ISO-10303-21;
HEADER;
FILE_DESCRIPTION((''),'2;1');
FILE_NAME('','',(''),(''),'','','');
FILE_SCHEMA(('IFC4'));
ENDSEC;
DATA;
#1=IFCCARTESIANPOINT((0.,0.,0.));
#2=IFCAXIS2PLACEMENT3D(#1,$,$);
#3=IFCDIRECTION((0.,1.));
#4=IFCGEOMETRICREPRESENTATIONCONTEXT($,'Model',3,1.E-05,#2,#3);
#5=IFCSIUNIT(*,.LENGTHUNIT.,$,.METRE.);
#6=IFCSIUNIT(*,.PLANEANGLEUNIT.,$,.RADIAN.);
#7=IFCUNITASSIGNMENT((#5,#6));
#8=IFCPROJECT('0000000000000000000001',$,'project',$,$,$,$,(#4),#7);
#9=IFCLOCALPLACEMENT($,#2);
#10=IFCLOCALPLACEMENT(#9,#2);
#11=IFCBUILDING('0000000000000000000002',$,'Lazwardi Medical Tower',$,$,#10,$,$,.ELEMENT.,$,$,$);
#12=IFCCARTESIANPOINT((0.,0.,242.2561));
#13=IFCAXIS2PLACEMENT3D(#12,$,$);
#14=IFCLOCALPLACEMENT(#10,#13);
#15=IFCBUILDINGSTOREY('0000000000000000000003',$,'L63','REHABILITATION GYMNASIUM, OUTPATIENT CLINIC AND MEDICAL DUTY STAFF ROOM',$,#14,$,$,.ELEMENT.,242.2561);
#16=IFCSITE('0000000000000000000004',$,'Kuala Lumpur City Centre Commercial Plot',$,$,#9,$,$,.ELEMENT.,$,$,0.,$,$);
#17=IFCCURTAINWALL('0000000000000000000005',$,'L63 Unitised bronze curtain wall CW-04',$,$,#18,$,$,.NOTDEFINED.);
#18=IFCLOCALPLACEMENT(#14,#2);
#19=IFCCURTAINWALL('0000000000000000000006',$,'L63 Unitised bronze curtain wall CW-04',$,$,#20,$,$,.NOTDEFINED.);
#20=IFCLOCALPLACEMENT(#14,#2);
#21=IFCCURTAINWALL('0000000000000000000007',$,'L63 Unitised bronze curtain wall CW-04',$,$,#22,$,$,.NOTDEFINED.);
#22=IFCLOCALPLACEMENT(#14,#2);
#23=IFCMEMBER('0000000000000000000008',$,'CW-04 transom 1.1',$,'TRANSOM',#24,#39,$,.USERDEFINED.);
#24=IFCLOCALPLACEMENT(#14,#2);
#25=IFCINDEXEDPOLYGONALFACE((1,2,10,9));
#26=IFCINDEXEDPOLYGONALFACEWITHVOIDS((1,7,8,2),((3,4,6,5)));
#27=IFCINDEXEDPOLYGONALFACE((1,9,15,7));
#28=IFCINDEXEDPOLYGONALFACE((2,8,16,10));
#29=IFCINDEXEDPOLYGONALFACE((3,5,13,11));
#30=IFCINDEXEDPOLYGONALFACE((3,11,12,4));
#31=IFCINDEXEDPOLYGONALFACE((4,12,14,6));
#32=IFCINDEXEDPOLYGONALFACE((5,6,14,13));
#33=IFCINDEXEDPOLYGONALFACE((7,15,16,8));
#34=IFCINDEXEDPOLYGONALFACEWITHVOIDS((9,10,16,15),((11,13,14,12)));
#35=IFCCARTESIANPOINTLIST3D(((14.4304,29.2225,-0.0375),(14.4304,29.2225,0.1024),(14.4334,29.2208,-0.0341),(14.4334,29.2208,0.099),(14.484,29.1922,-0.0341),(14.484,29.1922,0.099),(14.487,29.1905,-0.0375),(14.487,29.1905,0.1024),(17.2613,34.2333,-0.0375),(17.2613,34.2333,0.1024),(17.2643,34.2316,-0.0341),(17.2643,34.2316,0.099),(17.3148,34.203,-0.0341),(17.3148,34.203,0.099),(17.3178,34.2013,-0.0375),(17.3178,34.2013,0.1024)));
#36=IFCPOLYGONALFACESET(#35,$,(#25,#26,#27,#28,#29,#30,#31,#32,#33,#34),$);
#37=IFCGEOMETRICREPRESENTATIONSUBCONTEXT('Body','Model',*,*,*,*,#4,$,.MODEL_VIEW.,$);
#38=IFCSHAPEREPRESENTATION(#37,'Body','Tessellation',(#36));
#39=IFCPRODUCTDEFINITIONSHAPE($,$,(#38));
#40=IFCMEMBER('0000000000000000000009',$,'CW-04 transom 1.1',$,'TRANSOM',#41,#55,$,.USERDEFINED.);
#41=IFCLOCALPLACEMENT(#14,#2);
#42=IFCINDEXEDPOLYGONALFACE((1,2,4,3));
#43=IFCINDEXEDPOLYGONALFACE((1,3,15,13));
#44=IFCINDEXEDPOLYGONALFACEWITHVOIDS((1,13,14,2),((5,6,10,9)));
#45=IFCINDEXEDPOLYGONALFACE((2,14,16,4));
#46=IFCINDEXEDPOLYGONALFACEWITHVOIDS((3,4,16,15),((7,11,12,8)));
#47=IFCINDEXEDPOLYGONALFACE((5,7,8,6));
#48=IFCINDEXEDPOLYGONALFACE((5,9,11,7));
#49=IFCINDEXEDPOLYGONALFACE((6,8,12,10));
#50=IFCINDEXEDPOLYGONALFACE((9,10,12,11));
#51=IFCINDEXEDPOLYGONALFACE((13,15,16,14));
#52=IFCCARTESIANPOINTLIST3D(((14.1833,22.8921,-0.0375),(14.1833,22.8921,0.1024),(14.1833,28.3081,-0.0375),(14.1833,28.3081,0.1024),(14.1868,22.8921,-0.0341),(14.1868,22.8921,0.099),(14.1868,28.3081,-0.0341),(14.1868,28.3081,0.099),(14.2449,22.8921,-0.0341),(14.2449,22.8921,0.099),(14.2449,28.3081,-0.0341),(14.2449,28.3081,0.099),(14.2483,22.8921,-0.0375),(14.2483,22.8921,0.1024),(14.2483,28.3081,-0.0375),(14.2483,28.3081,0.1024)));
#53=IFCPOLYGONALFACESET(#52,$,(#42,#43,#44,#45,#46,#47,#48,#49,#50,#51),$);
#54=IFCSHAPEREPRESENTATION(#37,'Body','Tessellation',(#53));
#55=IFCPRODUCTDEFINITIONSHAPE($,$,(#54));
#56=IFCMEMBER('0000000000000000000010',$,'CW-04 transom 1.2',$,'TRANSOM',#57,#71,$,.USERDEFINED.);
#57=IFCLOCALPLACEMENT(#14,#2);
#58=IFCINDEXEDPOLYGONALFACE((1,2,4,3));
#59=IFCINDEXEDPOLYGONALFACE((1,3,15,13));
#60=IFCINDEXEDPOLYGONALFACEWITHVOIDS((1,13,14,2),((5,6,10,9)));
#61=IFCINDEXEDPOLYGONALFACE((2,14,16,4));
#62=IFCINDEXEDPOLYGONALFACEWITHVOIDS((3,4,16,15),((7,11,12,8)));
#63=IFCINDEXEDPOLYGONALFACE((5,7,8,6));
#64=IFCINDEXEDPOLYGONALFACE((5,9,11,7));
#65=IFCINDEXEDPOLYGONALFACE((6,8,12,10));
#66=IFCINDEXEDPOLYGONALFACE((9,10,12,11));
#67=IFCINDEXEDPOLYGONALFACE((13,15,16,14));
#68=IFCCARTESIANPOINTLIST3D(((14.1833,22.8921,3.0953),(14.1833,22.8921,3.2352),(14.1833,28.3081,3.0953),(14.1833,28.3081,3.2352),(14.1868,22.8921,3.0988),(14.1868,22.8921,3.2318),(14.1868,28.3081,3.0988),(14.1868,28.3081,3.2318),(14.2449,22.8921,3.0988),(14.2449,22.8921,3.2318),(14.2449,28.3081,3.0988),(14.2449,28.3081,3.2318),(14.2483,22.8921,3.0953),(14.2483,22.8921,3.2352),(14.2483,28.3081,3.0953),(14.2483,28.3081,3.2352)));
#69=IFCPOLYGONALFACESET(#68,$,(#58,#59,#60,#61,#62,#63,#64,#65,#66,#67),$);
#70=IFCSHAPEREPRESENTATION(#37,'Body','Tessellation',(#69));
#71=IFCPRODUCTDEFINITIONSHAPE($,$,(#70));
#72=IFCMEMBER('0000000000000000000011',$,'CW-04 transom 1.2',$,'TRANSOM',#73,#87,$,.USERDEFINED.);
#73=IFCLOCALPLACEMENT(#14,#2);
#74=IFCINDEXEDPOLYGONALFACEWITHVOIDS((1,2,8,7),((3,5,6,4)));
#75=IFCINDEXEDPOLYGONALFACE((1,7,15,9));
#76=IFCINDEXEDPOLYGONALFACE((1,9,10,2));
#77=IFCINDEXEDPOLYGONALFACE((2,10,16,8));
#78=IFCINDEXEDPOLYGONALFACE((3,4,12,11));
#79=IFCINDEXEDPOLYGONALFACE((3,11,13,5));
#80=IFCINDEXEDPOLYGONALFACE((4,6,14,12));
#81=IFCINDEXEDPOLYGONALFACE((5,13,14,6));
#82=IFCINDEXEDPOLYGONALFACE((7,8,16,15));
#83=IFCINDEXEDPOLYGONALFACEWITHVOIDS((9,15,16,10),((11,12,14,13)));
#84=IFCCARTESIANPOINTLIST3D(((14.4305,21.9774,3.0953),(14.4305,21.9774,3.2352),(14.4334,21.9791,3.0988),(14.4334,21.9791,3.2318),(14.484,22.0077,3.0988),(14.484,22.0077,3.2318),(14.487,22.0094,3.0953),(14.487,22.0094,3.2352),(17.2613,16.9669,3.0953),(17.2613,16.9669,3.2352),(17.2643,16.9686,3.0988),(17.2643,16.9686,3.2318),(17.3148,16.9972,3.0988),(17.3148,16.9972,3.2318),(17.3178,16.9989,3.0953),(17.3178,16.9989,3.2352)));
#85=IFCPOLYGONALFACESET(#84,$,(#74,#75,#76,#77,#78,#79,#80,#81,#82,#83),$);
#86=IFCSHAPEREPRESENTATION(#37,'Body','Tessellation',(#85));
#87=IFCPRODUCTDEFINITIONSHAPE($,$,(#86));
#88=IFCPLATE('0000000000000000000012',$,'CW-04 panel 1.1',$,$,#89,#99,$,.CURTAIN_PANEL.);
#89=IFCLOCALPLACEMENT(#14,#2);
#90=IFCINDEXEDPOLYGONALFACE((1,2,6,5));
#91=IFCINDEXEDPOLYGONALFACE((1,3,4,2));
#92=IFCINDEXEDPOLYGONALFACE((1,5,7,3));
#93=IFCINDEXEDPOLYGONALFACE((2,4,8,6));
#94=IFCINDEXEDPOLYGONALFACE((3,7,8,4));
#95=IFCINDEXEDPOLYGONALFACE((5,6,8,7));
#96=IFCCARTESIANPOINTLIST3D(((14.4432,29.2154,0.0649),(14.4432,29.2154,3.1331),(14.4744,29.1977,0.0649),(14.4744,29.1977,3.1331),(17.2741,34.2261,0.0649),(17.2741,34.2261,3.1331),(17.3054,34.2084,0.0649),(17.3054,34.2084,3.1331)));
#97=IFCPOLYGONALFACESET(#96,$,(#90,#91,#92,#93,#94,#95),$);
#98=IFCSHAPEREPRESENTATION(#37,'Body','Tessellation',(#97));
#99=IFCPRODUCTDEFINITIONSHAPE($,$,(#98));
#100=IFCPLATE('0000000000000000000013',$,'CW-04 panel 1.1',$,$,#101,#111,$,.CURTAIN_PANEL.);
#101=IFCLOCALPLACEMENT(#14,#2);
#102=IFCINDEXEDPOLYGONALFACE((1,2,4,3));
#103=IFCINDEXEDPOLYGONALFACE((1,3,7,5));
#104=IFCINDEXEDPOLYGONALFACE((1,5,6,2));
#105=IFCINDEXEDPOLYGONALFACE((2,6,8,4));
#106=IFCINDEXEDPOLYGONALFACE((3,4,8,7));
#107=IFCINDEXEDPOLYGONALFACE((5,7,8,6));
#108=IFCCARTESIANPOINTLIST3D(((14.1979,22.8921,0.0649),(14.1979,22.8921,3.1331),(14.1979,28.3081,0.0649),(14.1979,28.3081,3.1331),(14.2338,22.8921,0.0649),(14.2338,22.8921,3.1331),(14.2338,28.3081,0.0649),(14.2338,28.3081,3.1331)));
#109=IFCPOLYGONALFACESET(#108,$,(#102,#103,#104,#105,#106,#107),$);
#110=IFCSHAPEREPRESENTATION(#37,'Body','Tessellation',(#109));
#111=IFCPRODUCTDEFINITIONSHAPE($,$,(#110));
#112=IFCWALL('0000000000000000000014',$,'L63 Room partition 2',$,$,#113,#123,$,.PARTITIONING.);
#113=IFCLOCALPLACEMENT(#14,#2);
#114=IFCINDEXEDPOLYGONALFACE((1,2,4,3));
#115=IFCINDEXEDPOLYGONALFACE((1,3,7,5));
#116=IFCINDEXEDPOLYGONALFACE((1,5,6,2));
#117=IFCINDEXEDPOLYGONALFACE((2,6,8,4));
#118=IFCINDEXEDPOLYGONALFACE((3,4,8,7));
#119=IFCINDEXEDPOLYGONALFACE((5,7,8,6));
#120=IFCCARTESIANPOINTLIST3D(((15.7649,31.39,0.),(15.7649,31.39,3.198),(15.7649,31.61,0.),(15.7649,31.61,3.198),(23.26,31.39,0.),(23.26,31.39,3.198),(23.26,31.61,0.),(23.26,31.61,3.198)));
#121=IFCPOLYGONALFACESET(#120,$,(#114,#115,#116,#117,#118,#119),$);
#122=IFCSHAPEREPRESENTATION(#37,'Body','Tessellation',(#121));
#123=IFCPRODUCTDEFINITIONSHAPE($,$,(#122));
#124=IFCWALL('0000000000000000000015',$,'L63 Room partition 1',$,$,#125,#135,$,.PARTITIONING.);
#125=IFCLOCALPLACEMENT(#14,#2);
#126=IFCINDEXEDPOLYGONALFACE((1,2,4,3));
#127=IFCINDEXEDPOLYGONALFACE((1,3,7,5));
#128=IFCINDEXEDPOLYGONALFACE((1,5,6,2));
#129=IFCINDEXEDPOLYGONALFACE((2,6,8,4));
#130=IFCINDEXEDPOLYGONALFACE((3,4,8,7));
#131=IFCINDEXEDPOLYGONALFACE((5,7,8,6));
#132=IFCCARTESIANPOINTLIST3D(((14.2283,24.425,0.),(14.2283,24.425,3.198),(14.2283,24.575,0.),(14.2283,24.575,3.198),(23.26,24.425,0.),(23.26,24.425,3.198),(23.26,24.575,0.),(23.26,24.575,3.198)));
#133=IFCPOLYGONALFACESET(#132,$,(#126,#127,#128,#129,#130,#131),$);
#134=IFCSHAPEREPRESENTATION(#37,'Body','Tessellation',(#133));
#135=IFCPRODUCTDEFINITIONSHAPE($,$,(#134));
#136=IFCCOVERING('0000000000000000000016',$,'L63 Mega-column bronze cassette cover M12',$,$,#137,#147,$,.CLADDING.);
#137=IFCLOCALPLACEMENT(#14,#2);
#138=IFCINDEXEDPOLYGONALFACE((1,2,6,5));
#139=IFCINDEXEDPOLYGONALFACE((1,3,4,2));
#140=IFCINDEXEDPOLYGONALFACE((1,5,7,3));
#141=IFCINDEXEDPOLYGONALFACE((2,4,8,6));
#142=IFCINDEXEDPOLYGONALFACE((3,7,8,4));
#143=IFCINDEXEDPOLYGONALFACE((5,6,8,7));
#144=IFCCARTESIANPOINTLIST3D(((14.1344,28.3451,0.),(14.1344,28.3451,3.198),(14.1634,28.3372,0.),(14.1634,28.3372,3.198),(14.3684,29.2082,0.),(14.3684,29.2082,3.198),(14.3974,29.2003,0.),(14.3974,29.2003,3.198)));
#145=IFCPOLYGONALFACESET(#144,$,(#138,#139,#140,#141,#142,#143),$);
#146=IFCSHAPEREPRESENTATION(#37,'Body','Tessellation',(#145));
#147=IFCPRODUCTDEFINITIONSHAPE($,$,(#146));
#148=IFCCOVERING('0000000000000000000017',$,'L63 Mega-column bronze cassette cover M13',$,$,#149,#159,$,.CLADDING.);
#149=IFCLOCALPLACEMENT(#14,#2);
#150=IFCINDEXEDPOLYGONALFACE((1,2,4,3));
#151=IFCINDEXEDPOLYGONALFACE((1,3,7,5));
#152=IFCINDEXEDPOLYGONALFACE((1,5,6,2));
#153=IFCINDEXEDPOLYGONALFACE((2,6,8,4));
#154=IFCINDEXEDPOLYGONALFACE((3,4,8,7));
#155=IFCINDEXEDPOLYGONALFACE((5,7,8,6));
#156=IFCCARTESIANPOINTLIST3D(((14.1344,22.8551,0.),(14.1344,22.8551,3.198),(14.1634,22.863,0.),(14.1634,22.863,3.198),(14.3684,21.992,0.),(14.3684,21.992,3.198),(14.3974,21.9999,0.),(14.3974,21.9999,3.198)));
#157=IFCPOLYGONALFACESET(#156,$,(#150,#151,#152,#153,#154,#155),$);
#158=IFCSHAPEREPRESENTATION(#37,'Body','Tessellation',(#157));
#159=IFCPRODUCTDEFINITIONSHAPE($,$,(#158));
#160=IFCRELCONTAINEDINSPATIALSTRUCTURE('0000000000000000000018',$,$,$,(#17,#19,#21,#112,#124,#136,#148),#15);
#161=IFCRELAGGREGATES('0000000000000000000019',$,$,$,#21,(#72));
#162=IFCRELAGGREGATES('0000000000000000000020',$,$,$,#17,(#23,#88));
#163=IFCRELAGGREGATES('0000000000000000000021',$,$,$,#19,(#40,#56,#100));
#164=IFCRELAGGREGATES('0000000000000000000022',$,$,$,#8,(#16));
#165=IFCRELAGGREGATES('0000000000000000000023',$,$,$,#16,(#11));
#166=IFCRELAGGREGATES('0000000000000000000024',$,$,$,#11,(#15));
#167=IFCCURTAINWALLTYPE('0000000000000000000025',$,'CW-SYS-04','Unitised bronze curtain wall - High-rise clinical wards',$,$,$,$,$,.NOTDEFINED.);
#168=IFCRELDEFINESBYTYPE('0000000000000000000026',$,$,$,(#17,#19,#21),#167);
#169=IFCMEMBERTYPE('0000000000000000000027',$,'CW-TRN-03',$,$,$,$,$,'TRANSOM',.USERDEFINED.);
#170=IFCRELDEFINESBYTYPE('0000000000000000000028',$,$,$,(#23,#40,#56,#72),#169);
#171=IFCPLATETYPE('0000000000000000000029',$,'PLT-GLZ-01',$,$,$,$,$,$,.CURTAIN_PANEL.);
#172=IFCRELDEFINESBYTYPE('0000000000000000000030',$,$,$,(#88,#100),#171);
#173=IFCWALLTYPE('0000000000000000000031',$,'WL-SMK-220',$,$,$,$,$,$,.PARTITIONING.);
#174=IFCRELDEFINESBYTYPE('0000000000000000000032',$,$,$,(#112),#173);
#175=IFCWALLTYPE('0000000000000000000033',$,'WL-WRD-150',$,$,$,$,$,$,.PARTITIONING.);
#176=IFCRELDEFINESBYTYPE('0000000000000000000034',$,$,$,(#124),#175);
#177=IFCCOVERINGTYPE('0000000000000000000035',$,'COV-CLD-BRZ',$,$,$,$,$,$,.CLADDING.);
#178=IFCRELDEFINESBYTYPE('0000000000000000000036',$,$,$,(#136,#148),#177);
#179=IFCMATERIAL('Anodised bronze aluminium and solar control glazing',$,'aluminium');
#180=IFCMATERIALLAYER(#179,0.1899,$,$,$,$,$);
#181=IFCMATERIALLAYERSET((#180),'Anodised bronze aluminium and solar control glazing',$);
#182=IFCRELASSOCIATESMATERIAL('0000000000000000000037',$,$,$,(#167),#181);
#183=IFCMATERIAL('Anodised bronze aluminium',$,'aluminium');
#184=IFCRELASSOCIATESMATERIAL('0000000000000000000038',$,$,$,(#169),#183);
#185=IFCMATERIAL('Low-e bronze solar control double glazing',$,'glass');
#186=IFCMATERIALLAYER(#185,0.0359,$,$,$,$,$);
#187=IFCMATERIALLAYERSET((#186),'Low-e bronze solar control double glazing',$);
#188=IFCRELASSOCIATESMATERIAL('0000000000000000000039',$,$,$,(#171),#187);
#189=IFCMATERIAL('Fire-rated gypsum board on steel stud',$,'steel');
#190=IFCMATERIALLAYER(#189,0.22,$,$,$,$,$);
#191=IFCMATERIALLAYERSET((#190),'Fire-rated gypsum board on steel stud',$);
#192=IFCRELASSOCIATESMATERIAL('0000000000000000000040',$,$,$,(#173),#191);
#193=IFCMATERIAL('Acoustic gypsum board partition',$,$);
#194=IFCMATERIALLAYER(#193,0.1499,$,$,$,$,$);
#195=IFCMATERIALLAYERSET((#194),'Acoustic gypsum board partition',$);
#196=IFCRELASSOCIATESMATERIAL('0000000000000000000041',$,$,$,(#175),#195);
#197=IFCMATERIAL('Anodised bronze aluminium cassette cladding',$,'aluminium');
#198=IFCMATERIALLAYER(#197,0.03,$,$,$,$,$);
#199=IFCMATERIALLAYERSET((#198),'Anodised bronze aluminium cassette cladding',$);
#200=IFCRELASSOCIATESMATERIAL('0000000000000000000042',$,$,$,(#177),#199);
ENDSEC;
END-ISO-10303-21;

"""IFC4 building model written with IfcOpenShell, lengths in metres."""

from ifc_helpers import new_model, si_unit, direction, frame, frame_2d, origin, origin_2d, place, context, subcontext, project, spatial, rectangle, hollow_rectangle, extrude, material, layer, layer_set, material_profile, profile_set, type_object, element, aggregate, save


model = new_model("IFC4")

# Units and contexts
model_context = context("Model", 3, precision=1e-05, world=origin(), true_north=direction((0.0, 1.0)))
body_context = subcontext(model_context, "Body", "Model", "MODEL_VIEW")
ifc_project = project(units=[si_unit("LENGTHUNIT", "METRE"), si_unit("PLANEANGLEUNIT", "RADIAN")], contexts=[model_context])

# Site, building, storey
site_placement = place(None, origin())
site = spatial("IfcSite", under=ifc_project, at=site_placement, Name="Kuala Lumpur City Centre Commercial Plot", CompositionType="ELEMENT", RefElevation=0.0)
building_placement = place(site_placement, origin())
building = spatial("IfcBuilding", under=site, at=building_placement, Name="Lazwardi Medical Tower", CompositionType="ELEMENT")
storey_placement = place(building_placement, frame((0.0, 0.0, 242.2561)))
storey = spatial("IfcBuildingStorey", under=building, at=storey_placement, Name="L63", Description="REHABILITATION GYMNASIUM, OUTPATIENT CLINIC AND MEDICAL DUTY STAFF ROOM", CompositionType="ELEMENT", Elevation=242.2561)

# Curtain wall
ifc_material_1 = material(Name="Anodised bronze aluminium and solar control glazing", Category="aluminium")
ifc_layer_1 = layer(ifc_material_1, 0.1899)
ifc_layer_set_1 = layer_set([ifc_layer_1], Name="Anodised bronze aluminium and solar control glazing")
curtain_wall_type = type_object("IfcCurtainWallType", Name="CW-SYS-04", Description="Unitised bronze curtain wall - High-rise clinical wards", PredefinedType="NOTDEFINED", material=ifc_layer_set_1)
curtain_wall_1_placement = place(storey_placement, origin())
curtain_wall_1 = element("IfcCurtainWall", 1, at=curtain_wall_1_placement, inside=storey, type_object=curtain_wall_type, Name="L63 Unitised bronze curtain wall CW-04", PredefinedType="NOTDEFINED")
ifc_material_2 = material(Name="Anodised bronze aluminium", Category="aluminium")

# Curtain wall
curtain_wall_2_placement = place(storey_placement, origin())
curtain_wall_2 = element("IfcCurtainWall", 2, at=curtain_wall_2_placement, inside=storey, type_object=curtain_wall_type, Name="L63 Unitised bronze curtain wall CW-04", PredefinedType="NOTDEFINED")

# Curtain wall
curtain_wall_3_placement = place(storey_placement, origin())
curtain_wall_3 = element("IfcCurtainWall", 3, at=curtain_wall_3_placement, inside=storey, type_object=curtain_wall_type, Name="L63 Unitised bronze curtain wall CW-04", PredefinedType="NOTDEFINED")

# Members
ifc_material_profile_1 = material_profile(ifc_material_2, hollow_rectangle(XDim=0.0649, YDim=0.1399, WallThickness=0.0034, at=origin_2d()), Name="ALU-TRANSOM 140x65x3.5")
ifc_profile_set_1 = profile_set([ifc_material_profile_1], Name="Anodised bronze aluminium")
member_type_1 = type_object("IfcMemberType", Name="CW-TRN-03", ElementType="TRANSOM", PredefinedType="USERDEFINED", material=ifc_profile_set_1)
member_1_placement = place(storey_placement, frame((17.2896, 34.2173, 0.0325), z_axis=(-0.49188, -0.870663, 0.0), x_axis=(0.870663, -0.49188, 0.0)))
member_1 = element("IfcMember", 4, at=member_1_placement, type_object=member_type_1, Name="CW-04 transom 1.1", ObjectType="TRANSOM", PredefinedType="USERDEFINED", context=body_context, shape_type="SweptSolid", body=[
    extrude(hollow_rectangle(XDim=0.0649, YDim=0.1399, WallThickness=0.0034, at=origin_2d()), origin(), (0.0, 0.0, 1.0), 5.7551),
])
member_2_placement = place(storey_placement, frame((14.2158, 28.3081, 0.0325), z_axis=(0.0, -1.0, 0.0), x_axis=(1.0, 0.0, 0.0)))
member_2 = element("IfcMember", 5, at=member_2_placement, type_object=member_type_1, Name="CW-04 transom 1.1", ObjectType="TRANSOM", PredefinedType="USERDEFINED", context=body_context, shape_type="SweptSolid", body=[
    extrude(hollow_rectangle(XDim=0.0649, YDim=0.1399, WallThickness=0.0034, at=origin_2d()), origin(), (0.0, 0.0, 1.0), 5.416),
])
member_3_placement = place(storey_placement, frame((14.2158, 28.3081, 3.1653), z_axis=(0.0, -1.0, 0.0), x_axis=(1.0, 0.0, 0.0)))
member_3 = element("IfcMember", 6, at=member_3_placement, type_object=member_type_1, Name="CW-04 transom 1.2", ObjectType="TRANSOM", PredefinedType="USERDEFINED", context=body_context, shape_type="SweptSolid", body=[
    extrude(hollow_rectangle(XDim=0.0649, YDim=0.1399, WallThickness=0.0034, at=origin_2d()), origin(), (0.0, 0.0, 1.0), 5.416),
])
member_4_placement = place(storey_placement, frame((14.4587, 21.9934, 3.1653), z_axis=(0.491898, -0.870653, 0.0), x_axis=(0.870653, 0.491898, 0.0)))
member_4 = element("IfcMember", 7, at=member_4_placement, type_object=member_type_1, Name="CW-04 transom 1.2", ObjectType="TRANSOM", PredefinedType="USERDEFINED", context=body_context, shape_type="SweptSolid", body=[
    extrude(hollow_rectangle(XDim=0.0649, YDim=0.1399, WallThickness=0.0034, at=origin_2d()), origin(), (0.0, 0.0, 1.0), 5.7549),
])
aggregate(curtain_wall_3, [member_4])

# Plates
ifc_material_3 = material(Name="Low-e bronze solar control double glazing", Category="glass")
ifc_layer_2 = layer(ifc_material_3, 0.0359)
ifc_layer_set_2 = layer_set([ifc_layer_2], Name="Low-e bronze solar control double glazing")
plate_type = type_object("IfcPlateType", Name="PLT-GLZ-01", PredefinedType="CURTAIN_PANEL", material=ifc_layer_set_2)
plate_1_placement = place(storey_placement, frame((15.8743, 31.7119, 0.0649), z_axis=(0.0, 0.0, 1.0), x_axis=(-0.4919, -0.870651, 0.0)))
plate_1 = element("IfcPlate", 8, at=plate_1_placement, type_object=plate_type, Name="CW-04 panel 1.1", PredefinedType="CURTAIN_PANEL", context=body_context, shape_type="SweptSolid", body=[
    extrude(rectangle(XDim=5.7551, YDim=0.0359, at=origin_2d()), origin(), (0.0, 0.0, 1.0), 3.0681),
])
aggregate(curtain_wall_1, [member_1, plate_1])
plate_2_placement = place(storey_placement, frame((14.2158, 25.6001, 0.0649), z_axis=(0.0, 0.0, 1.0), x_axis=(0.0, -1.0, 0.0)))
plate_2 = element("IfcPlate", 9, at=plate_2_placement, type_object=plate_type, Name="CW-04 panel 1.1", PredefinedType="CURTAIN_PANEL", context=body_context, shape_type="SweptSolid", body=[
    extrude(rectangle(XDim=5.416, YDim=0.0359, at=origin_2d()), origin(), (0.0, 0.0, 1.0), 3.0681),
])
aggregate(curtain_wall_2, [member_2, member_3, plate_2])

# Walls
ifc_material_4 = material(Name="Fire-rated gypsum board on steel stud", Category="steel")
ifc_layer_3 = layer(ifc_material_4, 0.22)
ifc_layer_set_3 = layer_set([ifc_layer_3], Name="Fire-rated gypsum board on steel stud")
wall_type_1 = type_object("IfcWallType", Name="WL-SMK-220", PredefinedType="PARTITIONING", material=ifc_layer_set_3)
wall_1_placement = place(storey_placement, frame((15.7649, 31.5, 0.0), z_axis=(0.0, 0.0, 1.0), x_axis=(1.0, 0.0, 0.0)))
element("IfcWall", 10, at=wall_1_placement, inside=storey, type_object=wall_type_1, Name="L63 Room partition 2", PredefinedType="PARTITIONING", context=body_context, shape_type="SweptSolid", body=[
    extrude(rectangle(XDim=7.4951, YDim=0.22, at=frame_2d((3.7476, 0.0))), origin(), (0.0, 0.0, 1.0), 3.198),
])
ifc_material_5 = material(Name="Acoustic gypsum board partition")
ifc_layer_4 = layer(ifc_material_5, 0.1499)
ifc_layer_set_4 = layer_set([ifc_layer_4], Name="Acoustic gypsum board partition")
wall_type_2 = type_object("IfcWallType", Name="WL-WRD-150", PredefinedType="PARTITIONING", material=ifc_layer_set_4)
wall_2_placement = place(storey_placement, frame((14.2283, 24.5, 0.0), z_axis=(0.0, 0.0, 1.0), x_axis=(1.0, 0.0, 0.0)))
element("IfcWall", 11, at=wall_2_placement, inside=storey, type_object=wall_type_2, Name="L63 Room partition 1", PredefinedType="PARTITIONING", context=body_context, shape_type="SweptSolid", body=[
    extrude(rectangle(XDim=9.0317, YDim=0.1499, at=frame_2d((4.5159, 0.0))), origin(), (0.0, 0.0, 1.0), 3.198),
])

# Coverings
ifc_material_6 = material(Name="Anodised bronze aluminium cassette cladding", Category="aluminium")
ifc_layer_5 = layer(ifc_material_6, 0.03)
ifc_layer_set_5 = layer_set([ifc_layer_5], Name="Anodised bronze aluminium cassette cladding")
covering_type = type_object("IfcCoveringType", Name="COV-CLD-BRZ", PredefinedType="CLADDING", material=ifc_layer_set_5)
for number, where, z_axis, x_axis, name in (
    (12, (14.2659, 28.7727, 0.0), (0.0, 0.0, 1.0), (-0.261642, -0.965165, 0.0), "L63 Mega-column bronze cassette cover M12"),
    (13, (14.2659, 22.4275, 0.0), (0.0, 0.0, 1.0), (0.261642, -0.965165, 0.0), "L63 Mega-column bronze cassette cover M13"),
):
    element("IfcCovering", number, at=place(storey_placement, frame(where, z_axis=z_axis, x_axis=x_axis)), inside=storey, type_object=covering_type, Name=name, PredefinedType="CLADDING", context=body_context, shape_type="SweptSolid", body=[
        extrude(rectangle(XDim=0.8943, YDim=0.03, at=origin_2d()), origin(), (0.0, 0.0, 1.0), 3.198),
    ])

save(model, "model.ifc")
